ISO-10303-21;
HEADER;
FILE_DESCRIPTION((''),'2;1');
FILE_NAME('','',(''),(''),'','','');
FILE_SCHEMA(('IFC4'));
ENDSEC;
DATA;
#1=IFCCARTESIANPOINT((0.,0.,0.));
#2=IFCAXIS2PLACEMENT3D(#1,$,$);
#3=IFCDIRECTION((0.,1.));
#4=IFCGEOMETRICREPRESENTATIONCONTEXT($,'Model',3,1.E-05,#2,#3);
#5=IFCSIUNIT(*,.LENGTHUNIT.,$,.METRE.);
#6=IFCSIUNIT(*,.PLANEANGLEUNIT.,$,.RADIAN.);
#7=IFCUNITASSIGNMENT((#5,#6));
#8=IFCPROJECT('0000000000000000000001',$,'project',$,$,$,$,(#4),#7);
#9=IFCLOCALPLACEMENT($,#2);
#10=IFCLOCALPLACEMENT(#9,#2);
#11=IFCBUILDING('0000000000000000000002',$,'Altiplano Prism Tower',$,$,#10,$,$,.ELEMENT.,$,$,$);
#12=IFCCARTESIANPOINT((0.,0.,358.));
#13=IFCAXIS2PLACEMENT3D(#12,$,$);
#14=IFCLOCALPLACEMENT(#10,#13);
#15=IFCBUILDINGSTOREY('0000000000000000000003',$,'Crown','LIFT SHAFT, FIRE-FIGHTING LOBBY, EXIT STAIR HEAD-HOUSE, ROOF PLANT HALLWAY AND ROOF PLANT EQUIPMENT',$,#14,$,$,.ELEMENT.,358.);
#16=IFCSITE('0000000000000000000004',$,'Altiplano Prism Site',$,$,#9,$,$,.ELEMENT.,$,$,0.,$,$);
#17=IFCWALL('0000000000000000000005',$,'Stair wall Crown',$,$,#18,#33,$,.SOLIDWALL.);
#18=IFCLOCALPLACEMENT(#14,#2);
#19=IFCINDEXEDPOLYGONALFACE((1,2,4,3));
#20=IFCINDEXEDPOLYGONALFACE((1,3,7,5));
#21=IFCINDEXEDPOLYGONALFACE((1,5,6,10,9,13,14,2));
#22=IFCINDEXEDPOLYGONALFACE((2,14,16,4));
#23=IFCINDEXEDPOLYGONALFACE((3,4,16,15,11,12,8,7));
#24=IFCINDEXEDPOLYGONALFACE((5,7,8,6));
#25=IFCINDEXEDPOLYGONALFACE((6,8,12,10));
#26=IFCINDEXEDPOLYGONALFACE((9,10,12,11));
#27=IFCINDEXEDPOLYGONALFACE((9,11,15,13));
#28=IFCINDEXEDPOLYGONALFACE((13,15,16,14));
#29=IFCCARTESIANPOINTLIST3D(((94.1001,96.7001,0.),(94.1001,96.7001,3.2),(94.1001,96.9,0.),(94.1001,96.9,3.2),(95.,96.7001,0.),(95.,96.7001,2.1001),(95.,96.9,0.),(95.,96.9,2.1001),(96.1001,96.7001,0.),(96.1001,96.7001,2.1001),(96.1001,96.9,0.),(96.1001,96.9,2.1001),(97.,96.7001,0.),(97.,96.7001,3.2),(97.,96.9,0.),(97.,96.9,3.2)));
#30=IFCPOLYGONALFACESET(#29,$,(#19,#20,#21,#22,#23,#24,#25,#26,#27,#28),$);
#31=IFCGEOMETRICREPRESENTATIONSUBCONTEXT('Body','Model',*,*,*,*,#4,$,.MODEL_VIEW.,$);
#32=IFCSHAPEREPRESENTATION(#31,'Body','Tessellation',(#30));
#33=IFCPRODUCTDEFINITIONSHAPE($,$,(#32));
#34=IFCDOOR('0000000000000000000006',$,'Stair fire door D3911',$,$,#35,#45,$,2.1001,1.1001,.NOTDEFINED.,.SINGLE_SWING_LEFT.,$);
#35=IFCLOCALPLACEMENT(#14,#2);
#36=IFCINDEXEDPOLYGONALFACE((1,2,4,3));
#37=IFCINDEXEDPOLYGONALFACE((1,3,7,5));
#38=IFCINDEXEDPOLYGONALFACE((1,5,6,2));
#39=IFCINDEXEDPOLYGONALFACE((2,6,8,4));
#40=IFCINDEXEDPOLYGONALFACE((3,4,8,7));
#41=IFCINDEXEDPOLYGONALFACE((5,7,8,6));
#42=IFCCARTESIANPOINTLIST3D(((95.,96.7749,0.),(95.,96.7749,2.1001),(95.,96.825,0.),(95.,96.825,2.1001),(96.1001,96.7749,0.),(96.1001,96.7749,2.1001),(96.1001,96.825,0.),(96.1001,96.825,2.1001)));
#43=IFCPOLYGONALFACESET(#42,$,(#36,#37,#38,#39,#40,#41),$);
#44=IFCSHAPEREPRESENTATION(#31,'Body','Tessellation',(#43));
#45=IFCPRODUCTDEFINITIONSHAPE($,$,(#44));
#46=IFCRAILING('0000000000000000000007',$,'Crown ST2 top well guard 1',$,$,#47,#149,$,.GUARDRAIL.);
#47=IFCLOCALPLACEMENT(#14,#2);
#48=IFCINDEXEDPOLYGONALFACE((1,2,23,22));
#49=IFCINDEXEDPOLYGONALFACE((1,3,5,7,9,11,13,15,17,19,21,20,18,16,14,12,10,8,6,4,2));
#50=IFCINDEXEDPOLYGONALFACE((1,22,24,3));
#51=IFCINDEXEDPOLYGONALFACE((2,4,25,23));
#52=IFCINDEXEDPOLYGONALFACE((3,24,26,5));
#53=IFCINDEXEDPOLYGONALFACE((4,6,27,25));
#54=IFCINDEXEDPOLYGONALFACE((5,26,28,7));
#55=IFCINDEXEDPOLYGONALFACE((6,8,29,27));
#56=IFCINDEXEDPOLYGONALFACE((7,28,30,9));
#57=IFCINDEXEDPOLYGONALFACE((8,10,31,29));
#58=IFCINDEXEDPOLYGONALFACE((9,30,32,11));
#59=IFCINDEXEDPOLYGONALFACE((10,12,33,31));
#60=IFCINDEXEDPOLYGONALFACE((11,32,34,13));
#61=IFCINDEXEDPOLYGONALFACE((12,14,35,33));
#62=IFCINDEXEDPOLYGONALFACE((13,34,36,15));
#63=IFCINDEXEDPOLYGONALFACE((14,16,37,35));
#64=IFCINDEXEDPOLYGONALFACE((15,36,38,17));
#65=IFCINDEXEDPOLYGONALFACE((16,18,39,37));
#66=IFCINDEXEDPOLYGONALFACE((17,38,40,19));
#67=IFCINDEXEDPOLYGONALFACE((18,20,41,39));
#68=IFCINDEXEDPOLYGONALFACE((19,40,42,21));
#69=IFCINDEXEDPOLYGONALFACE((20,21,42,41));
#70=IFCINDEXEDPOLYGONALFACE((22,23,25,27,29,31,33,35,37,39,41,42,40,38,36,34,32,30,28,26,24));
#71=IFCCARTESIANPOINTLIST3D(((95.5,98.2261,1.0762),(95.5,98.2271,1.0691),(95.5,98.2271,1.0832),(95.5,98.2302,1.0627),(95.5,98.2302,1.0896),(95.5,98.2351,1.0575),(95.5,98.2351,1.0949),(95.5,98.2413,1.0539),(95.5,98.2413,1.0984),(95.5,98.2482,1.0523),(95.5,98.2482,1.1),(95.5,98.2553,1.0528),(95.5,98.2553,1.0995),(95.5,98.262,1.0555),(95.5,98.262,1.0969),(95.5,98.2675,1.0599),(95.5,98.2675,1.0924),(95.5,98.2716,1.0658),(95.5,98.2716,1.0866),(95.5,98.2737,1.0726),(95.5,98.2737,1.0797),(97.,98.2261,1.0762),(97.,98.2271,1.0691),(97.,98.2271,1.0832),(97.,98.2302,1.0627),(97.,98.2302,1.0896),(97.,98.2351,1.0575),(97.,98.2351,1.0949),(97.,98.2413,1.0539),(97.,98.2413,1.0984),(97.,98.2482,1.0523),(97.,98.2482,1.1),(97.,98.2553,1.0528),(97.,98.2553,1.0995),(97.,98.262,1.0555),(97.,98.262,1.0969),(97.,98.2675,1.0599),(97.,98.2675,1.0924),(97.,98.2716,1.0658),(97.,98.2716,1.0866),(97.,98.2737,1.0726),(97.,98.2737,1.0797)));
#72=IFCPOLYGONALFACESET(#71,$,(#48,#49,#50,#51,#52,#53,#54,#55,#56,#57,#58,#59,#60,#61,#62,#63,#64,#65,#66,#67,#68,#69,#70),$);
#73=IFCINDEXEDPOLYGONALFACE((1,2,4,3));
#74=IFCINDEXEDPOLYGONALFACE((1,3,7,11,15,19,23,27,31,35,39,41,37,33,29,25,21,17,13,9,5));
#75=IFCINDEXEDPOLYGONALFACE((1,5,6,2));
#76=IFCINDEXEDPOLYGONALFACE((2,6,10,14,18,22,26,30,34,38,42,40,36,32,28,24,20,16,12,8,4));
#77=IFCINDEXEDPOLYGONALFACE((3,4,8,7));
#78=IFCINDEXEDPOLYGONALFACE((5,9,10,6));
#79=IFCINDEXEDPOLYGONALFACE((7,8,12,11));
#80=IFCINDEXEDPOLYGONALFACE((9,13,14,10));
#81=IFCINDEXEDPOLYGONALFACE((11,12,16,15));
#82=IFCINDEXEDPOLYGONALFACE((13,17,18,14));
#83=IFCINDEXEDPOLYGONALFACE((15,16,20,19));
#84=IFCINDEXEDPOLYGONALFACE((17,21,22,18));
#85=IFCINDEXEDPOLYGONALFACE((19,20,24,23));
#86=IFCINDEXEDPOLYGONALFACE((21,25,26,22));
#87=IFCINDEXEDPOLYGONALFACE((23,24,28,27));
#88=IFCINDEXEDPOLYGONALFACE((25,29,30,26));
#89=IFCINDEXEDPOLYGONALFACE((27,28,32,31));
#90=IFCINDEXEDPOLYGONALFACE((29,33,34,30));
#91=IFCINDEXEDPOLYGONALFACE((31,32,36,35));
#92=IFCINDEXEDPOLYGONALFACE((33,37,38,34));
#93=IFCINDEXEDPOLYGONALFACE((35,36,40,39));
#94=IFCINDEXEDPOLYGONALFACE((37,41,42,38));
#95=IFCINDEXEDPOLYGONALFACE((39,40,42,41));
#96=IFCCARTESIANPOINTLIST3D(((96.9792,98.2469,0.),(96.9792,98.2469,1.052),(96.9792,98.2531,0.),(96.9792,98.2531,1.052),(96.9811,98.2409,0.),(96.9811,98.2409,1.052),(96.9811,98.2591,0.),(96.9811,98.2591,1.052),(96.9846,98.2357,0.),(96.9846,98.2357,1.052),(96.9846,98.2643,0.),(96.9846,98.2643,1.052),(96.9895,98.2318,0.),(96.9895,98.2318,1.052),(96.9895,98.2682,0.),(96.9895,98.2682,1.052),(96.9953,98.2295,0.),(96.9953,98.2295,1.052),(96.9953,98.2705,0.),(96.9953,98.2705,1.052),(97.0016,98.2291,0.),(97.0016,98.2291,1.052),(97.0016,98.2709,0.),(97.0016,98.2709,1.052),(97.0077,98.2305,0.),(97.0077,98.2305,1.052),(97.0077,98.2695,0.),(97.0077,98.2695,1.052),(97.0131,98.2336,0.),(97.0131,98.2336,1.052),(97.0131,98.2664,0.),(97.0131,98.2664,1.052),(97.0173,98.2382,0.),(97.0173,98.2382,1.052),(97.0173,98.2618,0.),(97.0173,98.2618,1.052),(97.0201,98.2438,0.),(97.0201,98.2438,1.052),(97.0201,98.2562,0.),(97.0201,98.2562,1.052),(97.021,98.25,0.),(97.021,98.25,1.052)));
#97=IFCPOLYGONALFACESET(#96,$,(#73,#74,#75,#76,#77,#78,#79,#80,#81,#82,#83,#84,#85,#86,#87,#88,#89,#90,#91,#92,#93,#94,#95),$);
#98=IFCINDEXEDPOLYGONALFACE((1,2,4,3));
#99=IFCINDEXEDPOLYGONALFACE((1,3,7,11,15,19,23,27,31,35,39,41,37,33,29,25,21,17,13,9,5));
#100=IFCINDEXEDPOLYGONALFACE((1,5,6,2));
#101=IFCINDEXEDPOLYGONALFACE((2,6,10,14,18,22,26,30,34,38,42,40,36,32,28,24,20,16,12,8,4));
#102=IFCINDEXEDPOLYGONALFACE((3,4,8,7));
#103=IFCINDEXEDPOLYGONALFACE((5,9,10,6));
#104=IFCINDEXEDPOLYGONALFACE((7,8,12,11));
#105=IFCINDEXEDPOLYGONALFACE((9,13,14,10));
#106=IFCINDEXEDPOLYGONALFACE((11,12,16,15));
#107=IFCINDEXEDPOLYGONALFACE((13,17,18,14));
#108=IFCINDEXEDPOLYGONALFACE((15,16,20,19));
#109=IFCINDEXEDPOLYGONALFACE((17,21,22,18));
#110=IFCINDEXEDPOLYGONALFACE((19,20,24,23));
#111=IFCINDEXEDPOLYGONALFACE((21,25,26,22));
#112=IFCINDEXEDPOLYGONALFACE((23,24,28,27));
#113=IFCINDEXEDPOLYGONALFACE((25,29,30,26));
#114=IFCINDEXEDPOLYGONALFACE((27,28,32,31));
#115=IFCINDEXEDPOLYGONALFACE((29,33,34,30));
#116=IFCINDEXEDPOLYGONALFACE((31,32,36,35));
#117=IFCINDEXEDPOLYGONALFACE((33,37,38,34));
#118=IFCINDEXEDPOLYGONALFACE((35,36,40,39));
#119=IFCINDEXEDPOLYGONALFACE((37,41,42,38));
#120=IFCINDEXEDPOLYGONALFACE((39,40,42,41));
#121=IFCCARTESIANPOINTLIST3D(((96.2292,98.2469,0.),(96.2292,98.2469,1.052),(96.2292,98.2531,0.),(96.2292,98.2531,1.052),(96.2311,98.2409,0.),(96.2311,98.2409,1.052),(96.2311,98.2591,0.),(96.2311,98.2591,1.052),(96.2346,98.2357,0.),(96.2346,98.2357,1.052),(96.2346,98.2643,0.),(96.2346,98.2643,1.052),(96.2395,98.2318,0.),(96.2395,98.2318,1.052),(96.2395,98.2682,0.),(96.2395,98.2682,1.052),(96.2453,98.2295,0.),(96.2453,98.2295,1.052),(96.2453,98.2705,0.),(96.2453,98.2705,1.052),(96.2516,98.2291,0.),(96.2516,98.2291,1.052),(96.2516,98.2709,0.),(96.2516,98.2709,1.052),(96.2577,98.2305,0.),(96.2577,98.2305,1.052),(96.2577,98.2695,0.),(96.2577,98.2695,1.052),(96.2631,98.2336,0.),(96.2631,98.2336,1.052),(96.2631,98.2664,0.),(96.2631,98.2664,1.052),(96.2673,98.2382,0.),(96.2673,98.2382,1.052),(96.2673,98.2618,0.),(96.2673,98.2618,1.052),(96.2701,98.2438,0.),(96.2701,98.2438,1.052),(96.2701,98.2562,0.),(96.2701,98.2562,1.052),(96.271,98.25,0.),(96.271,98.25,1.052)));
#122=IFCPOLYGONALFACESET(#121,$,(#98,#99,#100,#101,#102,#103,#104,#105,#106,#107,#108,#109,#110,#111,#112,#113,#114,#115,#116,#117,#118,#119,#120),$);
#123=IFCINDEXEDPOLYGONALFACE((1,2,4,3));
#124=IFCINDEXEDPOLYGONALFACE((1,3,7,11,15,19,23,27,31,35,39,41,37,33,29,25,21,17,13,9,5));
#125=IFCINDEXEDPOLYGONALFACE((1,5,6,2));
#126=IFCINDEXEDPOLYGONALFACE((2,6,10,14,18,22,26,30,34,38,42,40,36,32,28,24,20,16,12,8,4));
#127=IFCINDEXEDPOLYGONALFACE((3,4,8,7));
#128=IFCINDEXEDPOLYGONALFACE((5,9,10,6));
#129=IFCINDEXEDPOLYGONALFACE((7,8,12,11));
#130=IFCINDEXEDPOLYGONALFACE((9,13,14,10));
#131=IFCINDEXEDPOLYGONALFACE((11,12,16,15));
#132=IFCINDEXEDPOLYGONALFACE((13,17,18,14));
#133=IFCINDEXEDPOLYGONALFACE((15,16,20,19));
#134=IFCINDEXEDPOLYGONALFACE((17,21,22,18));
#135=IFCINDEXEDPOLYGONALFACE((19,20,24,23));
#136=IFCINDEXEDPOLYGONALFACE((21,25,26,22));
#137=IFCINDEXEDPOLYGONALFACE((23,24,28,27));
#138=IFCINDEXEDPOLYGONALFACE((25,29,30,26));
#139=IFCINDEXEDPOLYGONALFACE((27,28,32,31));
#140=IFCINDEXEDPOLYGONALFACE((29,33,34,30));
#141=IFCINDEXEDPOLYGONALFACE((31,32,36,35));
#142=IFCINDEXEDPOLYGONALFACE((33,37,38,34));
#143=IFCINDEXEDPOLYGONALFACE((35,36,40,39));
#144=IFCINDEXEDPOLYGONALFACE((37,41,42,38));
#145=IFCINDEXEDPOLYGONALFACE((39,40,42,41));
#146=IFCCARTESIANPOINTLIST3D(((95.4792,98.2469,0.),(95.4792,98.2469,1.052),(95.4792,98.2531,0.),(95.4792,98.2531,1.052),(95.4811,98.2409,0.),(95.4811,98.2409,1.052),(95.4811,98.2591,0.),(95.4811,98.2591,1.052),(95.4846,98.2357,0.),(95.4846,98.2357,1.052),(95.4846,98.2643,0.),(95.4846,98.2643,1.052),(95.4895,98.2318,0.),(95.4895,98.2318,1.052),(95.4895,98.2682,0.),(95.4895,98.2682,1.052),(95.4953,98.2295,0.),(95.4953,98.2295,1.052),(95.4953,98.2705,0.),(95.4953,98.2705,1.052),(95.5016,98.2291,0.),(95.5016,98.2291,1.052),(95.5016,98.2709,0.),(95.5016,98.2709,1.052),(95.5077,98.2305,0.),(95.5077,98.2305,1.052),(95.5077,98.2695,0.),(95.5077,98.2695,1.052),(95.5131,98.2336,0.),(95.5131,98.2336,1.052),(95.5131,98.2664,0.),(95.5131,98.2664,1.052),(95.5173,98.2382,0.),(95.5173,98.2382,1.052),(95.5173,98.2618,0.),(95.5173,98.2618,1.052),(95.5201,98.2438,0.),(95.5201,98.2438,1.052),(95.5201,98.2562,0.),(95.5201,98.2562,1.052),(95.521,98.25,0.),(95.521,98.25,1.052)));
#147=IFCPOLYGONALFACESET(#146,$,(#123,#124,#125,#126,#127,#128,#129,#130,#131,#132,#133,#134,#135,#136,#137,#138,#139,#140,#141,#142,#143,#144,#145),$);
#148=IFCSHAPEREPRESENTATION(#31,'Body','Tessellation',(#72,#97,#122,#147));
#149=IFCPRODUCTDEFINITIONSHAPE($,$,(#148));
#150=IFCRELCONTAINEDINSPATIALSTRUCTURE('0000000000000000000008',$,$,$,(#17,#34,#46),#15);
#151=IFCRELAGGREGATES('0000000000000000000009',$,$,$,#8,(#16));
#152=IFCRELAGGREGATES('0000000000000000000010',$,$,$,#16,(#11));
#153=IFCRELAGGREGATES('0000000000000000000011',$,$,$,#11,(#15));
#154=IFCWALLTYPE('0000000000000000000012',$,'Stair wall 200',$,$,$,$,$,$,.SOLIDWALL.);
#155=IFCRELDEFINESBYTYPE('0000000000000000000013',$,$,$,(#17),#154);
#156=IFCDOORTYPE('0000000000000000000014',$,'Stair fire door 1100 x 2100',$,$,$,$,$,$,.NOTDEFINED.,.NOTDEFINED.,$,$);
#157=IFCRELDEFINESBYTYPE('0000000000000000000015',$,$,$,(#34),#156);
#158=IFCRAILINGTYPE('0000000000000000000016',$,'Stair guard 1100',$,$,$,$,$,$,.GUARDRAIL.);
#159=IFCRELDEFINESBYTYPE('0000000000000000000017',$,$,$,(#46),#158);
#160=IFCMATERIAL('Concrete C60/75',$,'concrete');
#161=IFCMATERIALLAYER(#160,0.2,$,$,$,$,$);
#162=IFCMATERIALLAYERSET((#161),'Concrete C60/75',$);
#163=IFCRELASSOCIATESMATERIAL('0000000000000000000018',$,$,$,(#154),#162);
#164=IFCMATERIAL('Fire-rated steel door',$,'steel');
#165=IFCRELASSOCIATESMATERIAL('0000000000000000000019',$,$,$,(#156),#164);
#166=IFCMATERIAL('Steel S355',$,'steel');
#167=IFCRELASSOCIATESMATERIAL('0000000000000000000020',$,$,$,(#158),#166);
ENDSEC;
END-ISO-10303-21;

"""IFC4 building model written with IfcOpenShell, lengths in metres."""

from ifc_helpers import new_model, si_unit, direction, frame, frame_2d, origin, origin_2d, place, context, subcontext, project, spatial, rectangle, circle, extrude, material, layer, layer_set, type_object, element, fill, save


model = new_model("IFC4")

# Units and contexts
model_context = context("Model", 3, precision=1e-05, world=origin(), true_north=direction((0.0, 1.0)))
body_context = subcontext(model_context, "Body", "Model", "MODEL_VIEW")
ifc_project = project(units=[si_unit("LENGTHUNIT", "METRE"), si_unit("PLANEANGLEUNIT", "RADIAN")], contexts=[model_context])

# Site, building, storey
site_placement = place(None, origin())
site = spatial("IfcSite", under=ifc_project, at=site_placement, Name="Altiplano Prism Site", CompositionType="ELEMENT", RefElevation=0.0)
building_placement = place(site_placement, origin())
building = spatial("IfcBuilding", under=site, at=building_placement, Name="Altiplano Prism Tower", CompositionType="ELEMENT")
storey_placement = place(building_placement, frame((0.0, 0.0, 358.0)))
storey = spatial("IfcBuildingStorey", under=building, at=storey_placement, Name="Crown", Description="LIFT SHAFT, FIRE-FIGHTING LOBBY, EXIT STAIR HEAD-HOUSE, ROOF PLANT HALLWAY AND ROOF PLANT EQUIPMENT", CompositionType="ELEMENT", Elevation=358.0)

# Shared definitions
ifc_material_1 = material(Name="Steel S355", Category="steel")

# Shared definitions
ifc_material_2 = material(Name="Concrete C60/75", Category="concrete")

# Wall, opening, door
ifc_layer_1 = layer(ifc_material_2, 0.2)
ifc_layer_set_1 = layer_set([ifc_layer_1], Name="Concrete C60/75")
wall_type_1 = type_object("IfcWallType", Name="Stair wall 200", PredefinedType="SOLIDWALL", material=ifc_layer_set_1)
wall_1_placement = place(storey_placement, frame((94.1001, 96.8, 0.0), z_axis=(0.0, 0.0, 1.0), x_axis=(1.0, 0.0, 0.0)))
wall_1 = element("IfcWall", 1, at=wall_1_placement, inside=storey, type_object=wall_type_1, Name="Stair wall Crown", PredefinedType="SOLIDWALL", context=body_context, shape_type="SweptSolid", body=[
    extrude(rectangle(XDim=2.8999, YDim=0.2, at=frame_2d((1.45, 0.0))), origin(), (0.0, 0.0, 1.0), 3.2),
])
opening_placement = place(wall_1_placement, frame((0.8999, 0.0, 0.0)))
opening = element("IfcOpeningElement", 2, at=opening_placement, cuts=wall_1, PredefinedType="OPENING", context=body_context, shape_type="SweptSolid", body=[
    extrude(rectangle(XDim=1.1001, YDim=2.1001, at=frame_2d((0.55, 1.05))), frame((0.0, 0.1104, 0.0), z_axis=(0.0, -1.0, 0.0), x_axis=(1.0, 0.0, 0.0)), (0.0, 0.0, 1.0), 0.2209),
])
ifc_material_3 = material(Name="Fire-rated steel door", Category="steel")
door_type = type_object("IfcDoorType", Name="Stair fire door 1100 x 2100", OperationType="NOTDEFINED", PredefinedType="NOTDEFINED", material=ifc_material_3)
door_placement = place(opening_placement, origin())
door = element("IfcDoor", 3, at=door_placement, inside=storey, type_object=door_type, Name="Stair fire door D3911", OperationType="SINGLE_SWING_LEFT", OverallHeight=2.1001, OverallWidth=1.1001, PredefinedType="NOTDEFINED", context=body_context, shape_type="SweptSolid", body=[
    extrude(rectangle(XDim=1.1001, YDim=2.1001, at=frame_2d((0.55, 1.05))), frame((0.0, 0.0249, 0.0), z_axis=(0.0, -1.0, 0.0), x_axis=(1.0, 0.0, 0.0)), (0.0, 0.0, 1.0), 0.05),
])
fill(opening, door)

# Railing
railing_type = type_object("IfcRailingType", Name="Stair guard 1100", PredefinedType="GUARDRAIL", material=ifc_material_1)
railing_placement = place(storey_placement, frame((97.0, 98.25, 0.0)))
element("IfcRailing", 4, at=railing_placement, inside=storey, type_object=railing_type, Name="Crown ST2 top well guard 1", PredefinedType="GUARDRAIL", context=body_context, shape_type="SweptSolid", body=[
    extrude(circle(Radius=0.0239, at=origin_2d()), frame((0.0, 0.0, 1.0762), z_axis=(-1.0, 0.0, 0.0), x_axis=(0.0, -1.0, 0.0)), (0.0, 0.0, 1.0), 1.5),
    extrude(circle(Radius=0.021, at=origin_2d()), origin(), (0.0, 0.0, 1.0), 1.052),
    extrude(circle(Radius=0.021, at=origin_2d()), frame((-0.75, 0.0, 0.0)), (0.0, 0.0, 1.0), 1.052),
    extrude(circle(Radius=0.021, at=origin_2d()), frame((-1.5, 0.0, 0.0)), (0.0, 0.0, 1.0), 1.052),
])

save(model, "model.ifc")
